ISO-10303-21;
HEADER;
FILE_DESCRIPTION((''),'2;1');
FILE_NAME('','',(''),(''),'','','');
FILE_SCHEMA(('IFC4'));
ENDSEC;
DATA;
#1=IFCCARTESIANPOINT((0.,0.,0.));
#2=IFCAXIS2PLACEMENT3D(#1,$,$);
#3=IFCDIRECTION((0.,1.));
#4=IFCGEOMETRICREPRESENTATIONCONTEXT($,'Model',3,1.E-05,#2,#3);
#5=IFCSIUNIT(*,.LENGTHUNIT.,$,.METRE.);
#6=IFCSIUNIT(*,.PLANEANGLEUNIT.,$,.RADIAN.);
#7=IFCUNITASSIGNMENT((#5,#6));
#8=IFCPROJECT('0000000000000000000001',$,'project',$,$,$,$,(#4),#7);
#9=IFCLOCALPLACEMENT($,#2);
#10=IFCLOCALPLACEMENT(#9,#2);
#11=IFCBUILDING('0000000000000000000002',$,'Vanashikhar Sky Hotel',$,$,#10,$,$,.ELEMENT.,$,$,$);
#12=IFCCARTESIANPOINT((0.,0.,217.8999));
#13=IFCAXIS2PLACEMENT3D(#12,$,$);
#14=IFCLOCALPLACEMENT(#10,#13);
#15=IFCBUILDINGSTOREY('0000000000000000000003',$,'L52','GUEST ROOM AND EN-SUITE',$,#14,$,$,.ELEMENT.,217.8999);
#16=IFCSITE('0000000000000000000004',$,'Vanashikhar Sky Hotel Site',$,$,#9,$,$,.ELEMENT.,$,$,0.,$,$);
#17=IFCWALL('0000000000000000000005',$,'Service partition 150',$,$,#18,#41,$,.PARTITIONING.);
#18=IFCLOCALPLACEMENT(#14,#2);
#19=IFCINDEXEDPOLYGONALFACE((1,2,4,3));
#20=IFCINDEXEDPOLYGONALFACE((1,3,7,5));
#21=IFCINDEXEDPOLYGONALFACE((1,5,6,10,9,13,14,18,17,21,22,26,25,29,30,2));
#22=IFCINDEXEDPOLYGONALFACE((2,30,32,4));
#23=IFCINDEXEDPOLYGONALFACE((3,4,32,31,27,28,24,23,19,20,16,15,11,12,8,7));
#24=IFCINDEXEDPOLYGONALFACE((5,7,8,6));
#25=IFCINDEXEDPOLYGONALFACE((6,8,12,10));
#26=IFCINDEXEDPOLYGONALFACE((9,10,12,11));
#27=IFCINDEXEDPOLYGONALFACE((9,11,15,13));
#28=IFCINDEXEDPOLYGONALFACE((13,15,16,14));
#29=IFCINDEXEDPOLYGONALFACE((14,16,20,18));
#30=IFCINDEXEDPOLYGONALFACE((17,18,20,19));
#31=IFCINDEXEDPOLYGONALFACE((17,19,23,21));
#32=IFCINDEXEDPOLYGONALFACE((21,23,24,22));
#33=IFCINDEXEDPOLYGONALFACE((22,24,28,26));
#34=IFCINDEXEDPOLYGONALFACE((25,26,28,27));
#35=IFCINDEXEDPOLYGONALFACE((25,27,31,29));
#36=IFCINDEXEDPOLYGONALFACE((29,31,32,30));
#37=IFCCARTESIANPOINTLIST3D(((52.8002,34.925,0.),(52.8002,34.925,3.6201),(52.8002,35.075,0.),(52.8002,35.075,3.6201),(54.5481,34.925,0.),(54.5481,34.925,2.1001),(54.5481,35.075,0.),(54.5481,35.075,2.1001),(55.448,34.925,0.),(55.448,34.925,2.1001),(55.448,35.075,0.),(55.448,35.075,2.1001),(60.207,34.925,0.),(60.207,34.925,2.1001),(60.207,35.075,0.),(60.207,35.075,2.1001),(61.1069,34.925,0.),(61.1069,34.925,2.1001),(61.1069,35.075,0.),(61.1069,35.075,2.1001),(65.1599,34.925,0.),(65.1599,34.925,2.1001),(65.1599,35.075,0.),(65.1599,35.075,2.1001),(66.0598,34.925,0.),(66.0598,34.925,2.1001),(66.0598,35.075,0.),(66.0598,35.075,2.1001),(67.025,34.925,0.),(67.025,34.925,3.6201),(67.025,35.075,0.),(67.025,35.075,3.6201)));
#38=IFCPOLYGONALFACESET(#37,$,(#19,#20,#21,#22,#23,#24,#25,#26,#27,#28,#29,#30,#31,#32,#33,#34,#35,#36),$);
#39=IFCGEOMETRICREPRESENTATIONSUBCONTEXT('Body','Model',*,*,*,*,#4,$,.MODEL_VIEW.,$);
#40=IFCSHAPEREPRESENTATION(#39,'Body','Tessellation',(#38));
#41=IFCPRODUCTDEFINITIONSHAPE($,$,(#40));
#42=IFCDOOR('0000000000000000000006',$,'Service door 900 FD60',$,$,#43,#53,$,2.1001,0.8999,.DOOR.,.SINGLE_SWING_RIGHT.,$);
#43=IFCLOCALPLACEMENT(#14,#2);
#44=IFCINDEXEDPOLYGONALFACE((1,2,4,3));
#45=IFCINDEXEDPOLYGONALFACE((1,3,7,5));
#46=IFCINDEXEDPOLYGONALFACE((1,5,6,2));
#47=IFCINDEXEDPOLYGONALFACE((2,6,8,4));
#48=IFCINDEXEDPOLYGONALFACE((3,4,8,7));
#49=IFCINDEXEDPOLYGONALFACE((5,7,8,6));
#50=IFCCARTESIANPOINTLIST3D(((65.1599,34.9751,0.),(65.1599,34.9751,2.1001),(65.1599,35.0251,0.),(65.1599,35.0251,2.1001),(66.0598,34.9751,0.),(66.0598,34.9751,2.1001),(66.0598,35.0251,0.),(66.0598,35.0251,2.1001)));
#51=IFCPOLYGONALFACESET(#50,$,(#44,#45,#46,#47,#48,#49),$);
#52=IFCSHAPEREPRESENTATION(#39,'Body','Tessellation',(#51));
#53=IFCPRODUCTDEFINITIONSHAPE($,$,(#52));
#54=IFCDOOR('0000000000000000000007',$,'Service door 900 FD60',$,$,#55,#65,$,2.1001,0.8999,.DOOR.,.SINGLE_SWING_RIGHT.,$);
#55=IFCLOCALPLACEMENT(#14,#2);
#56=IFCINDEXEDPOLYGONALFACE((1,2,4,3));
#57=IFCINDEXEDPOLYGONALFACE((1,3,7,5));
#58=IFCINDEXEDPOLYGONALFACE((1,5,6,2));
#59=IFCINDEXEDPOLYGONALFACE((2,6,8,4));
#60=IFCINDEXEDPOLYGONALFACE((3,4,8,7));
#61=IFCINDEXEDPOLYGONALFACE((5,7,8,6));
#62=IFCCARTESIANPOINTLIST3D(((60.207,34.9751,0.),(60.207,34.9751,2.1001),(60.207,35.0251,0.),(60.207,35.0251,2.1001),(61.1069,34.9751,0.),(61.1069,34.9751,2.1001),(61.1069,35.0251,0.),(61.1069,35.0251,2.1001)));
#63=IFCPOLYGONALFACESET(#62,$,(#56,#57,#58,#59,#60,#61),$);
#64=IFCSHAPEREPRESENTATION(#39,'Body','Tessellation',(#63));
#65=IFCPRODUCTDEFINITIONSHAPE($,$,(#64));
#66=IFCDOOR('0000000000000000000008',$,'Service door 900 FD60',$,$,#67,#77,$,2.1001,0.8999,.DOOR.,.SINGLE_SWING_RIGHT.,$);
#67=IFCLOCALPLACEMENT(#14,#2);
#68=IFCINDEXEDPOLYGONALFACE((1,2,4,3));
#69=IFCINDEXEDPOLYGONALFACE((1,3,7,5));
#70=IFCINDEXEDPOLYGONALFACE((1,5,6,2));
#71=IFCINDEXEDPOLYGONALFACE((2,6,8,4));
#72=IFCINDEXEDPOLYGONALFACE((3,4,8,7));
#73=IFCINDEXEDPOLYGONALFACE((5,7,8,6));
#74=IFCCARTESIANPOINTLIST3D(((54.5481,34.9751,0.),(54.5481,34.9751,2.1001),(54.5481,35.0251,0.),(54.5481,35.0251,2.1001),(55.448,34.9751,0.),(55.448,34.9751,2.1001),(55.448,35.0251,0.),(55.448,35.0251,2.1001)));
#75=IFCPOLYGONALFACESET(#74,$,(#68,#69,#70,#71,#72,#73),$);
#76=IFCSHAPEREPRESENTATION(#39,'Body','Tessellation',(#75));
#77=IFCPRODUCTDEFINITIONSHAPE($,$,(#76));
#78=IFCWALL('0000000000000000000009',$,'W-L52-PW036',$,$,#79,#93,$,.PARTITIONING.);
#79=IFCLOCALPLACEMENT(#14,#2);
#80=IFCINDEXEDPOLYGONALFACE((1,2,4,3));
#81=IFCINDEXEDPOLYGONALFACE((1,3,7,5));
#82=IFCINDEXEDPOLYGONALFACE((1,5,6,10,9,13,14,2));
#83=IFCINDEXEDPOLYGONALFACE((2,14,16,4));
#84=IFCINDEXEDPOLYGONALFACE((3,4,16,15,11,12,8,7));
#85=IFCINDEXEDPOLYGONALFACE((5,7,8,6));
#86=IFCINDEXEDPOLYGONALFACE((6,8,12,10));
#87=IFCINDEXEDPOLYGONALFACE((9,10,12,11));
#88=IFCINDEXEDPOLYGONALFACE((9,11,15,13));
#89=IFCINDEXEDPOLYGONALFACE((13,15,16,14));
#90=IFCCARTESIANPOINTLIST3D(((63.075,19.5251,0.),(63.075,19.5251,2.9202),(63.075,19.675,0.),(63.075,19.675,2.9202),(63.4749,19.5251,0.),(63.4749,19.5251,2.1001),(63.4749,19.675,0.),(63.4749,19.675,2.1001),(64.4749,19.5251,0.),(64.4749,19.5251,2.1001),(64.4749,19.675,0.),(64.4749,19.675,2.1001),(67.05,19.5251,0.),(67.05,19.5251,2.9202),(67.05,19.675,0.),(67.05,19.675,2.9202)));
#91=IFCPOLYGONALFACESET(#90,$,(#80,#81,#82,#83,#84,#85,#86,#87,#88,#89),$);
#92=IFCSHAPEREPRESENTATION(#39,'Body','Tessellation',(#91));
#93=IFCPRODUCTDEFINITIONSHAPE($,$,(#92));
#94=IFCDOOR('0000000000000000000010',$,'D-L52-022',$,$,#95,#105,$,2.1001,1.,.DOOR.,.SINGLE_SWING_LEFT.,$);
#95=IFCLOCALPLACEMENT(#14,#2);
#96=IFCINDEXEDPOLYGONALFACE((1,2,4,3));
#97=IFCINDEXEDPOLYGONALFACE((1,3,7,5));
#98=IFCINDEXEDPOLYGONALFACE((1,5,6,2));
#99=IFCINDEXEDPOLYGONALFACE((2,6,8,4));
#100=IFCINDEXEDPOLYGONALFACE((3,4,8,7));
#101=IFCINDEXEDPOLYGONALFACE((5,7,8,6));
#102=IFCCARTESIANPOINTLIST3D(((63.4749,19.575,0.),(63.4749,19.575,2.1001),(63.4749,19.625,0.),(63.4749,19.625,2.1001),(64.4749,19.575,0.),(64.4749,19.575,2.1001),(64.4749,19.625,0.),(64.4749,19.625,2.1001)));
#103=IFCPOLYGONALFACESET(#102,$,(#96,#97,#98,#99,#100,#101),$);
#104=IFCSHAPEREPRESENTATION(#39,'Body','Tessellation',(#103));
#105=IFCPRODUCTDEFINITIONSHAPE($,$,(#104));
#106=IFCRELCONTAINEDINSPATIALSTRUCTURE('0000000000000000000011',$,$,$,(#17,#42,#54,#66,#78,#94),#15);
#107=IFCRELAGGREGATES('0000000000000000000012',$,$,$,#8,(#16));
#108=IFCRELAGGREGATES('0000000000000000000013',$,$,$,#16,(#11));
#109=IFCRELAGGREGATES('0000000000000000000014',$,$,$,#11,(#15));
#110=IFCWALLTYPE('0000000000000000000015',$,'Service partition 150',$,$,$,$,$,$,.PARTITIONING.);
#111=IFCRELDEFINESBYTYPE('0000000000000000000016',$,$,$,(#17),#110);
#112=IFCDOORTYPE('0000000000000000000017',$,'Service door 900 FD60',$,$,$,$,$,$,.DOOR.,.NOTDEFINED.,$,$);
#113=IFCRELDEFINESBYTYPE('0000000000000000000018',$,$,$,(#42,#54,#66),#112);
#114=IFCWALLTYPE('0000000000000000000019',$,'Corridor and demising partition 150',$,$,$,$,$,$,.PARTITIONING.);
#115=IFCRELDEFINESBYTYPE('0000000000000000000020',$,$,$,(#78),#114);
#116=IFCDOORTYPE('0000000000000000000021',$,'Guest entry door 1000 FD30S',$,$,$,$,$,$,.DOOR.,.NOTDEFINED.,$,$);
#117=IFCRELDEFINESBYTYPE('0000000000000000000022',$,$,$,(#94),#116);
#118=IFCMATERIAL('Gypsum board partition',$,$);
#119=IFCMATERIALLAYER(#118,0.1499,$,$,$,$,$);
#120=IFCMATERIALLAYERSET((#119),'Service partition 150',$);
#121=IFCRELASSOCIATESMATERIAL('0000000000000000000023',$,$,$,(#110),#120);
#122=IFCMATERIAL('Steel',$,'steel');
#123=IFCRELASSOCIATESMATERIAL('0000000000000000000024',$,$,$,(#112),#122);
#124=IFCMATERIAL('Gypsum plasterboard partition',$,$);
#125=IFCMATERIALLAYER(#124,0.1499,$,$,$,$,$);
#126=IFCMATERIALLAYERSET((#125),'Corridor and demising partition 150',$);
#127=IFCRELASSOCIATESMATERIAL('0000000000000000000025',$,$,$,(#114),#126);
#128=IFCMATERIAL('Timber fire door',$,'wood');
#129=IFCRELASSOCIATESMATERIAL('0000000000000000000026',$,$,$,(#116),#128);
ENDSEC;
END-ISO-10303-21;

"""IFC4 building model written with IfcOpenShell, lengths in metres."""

from ifc_helpers import new_model, si_unit, direction, frame, frame_2d, origin, place, context, subcontext, project, spatial, rectangle, extrude, source, transform, mapped, material, layer, layer_set, type_object, element, fill, save


model = new_model("IFC4")

# Units and contexts
model_context = context("Model", 3, precision=1e-05, world=origin(), true_north=direction((0.0, 1.0)))
body_context = subcontext(model_context, "Body", "Model", "MODEL_VIEW")
ifc_project = project(units=[si_unit("LENGTHUNIT", "METRE"), si_unit("PLANEANGLEUNIT", "RADIAN")], contexts=[model_context])

# Site, building, storey
site_placement = place(None, origin())
site = spatial("IfcSite", under=ifc_project, at=site_placement, Name="Vanashikhar Sky Hotel Site", CompositionType="ELEMENT", RefElevation=0.0)
building_placement = place(site_placement, origin())
building = spatial("IfcBuilding", under=site, at=building_placement, Name="Vanashikhar Sky Hotel", CompositionType="ELEMENT")
storey_placement = place(building_placement, frame((0.0, 0.0, 217.8999)))
storey = spatial("IfcBuildingStorey", under=building, at=storey_placement, Name="L52", Description="GUEST ROOM AND EN-SUITE", CompositionType="ELEMENT", Elevation=217.8999)

# Shared definitions
ifc_material_1 = material(Name="Gypsum board partition")
ifc_layer_1 = layer(ifc_material_1, 0.1499)
ifc_layer_set_1 = layer_set([ifc_layer_1], Name="Service partition 150")
wall_type_1 = type_object("IfcWallType", Name="Service partition 150", PredefinedType="PARTITIONING", material=ifc_layer_set_1)

# Wall, openings, doors
shared_shape_1 = source(origin(), body_context, "Body", "SweptSolid", [
    extrude(rectangle(XDim=14.2249, YDim=0.1499, at=frame_2d((7.1123, 0.0))), origin(), (0.0, 0.0, 1.0), 3.6201),
])
wall_1_placement = place(storey_placement, frame((67.0249, 35.0, 0.0), z_axis=(0.0, 0.0, 1.0), x_axis=(-1.0, 0.0, 0.0)))
wall_1 = element("IfcWall", 1, at=wall_1_placement, inside=storey, type_object=wall_type_1, Name="Service partition 150", PredefinedType="PARTITIONING", context=body_context, shape_type="MappedRepresentation", body=[
    mapped(shared_shape_1, transform((0.0, 0.0, 0.0), scale=1.0)),
])
shared_shape_2 = source(origin(), body_context, "Body", "SweptSolid", [
    extrude(rectangle(XDim=0.8999, YDim=2.1001, at=frame_2d((0.45, 1.05))), frame((0.0, 0.085, 0.0), z_axis=(0.0, -1.0, 0.0), x_axis=(1.0, 0.0, 0.0)), (0.0, 0.0, 1.0), 0.1699),
])
opening_1_placement = place(wall_1_placement, frame((0.9651, 0.0, 0.0)))
opening_1 = element("IfcOpeningElement", 2, at=opening_1_placement, cuts=wall_1, PredefinedType="OPENING", context=body_context, shape_type="MappedRepresentation", body=[
    mapped(shared_shape_2, transform((0.0, 0.0, 0.0), scale=1.0)),
])
opening_2_placement = place(wall_1_placement, frame((5.918, 0.0, 0.0)))
opening_2 = element("IfcOpeningElement", 3, at=opening_2_placement, cuts=wall_1, PredefinedType="OPENING", context=body_context, shape_type="MappedRepresentation", body=[
    mapped(shared_shape_2, transform((0.0, 0.0, 0.0), scale=1.0)),
])
opening_3_placement = place(wall_1_placement, frame((11.5769, 0.0, 0.0)))
opening_3 = element("IfcOpeningElement", 4, at=opening_3_placement, cuts=wall_1, PredefinedType="OPENING", context=body_context, shape_type="MappedRepresentation", body=[
    mapped(shared_shape_2, transform((0.0, 0.0, 0.0), scale=1.0)),
])
ifc_material_2 = material(Name="Steel", Category="steel")
door_type_1 = type_object("IfcDoorType", Name="Service door 900 FD60", OperationType="NOTDEFINED", PredefinedType="DOOR", material=ifc_material_2)
shared_shape_3 = source(origin(), body_context, "Body", "SweptSolid", [
    extrude(rectangle(XDim=0.8999, YDim=2.1001, at=frame_2d((0.45, 1.05))), frame((0.0, 0.0249, 0.0), z_axis=(0.0, -1.0, 0.0), x_axis=(1.0, 0.0, 0.0)), (0.0, 0.0, 1.0), 0.05),
])
door_1_placement = place(opening_1_placement, origin())
door_1 = element("IfcDoor", 5, at=door_1_placement, inside=storey, type_object=door_type_1, Name="Service door 900 FD60", OperationType="SINGLE_SWING_RIGHT", OverallHeight=2.1001, OverallWidth=0.8999, PredefinedType="DOOR", context=body_context, shape_type="MappedRepresentation", body=[
    mapped(shared_shape_3, transform((0.0, 0.0, 0.0), scale=1.0)),
])
fill(opening_1, door_1)
door_2_placement = place(opening_2_placement, origin())
door_2 = element("IfcDoor", 6, at=door_2_placement, inside=storey, type_object=door_type_1, Name="Service door 900 FD60", OperationType="SINGLE_SWING_RIGHT", OverallHeight=2.1001, OverallWidth=0.8999, PredefinedType="DOOR", context=body_context, shape_type="MappedRepresentation", body=[
    mapped(shared_shape_3, transform((0.0, 0.0, 0.0), scale=1.0)),
])
fill(opening_2, door_2)
door_3_placement = place(opening_3_placement, origin())
door_3 = element("IfcDoor", 7, at=door_3_placement, inside=storey, type_object=door_type_1, Name="Service door 900 FD60", OperationType="SINGLE_SWING_RIGHT", OverallHeight=2.1001, OverallWidth=0.8999, PredefinedType="DOOR", context=body_context, shape_type="MappedRepresentation", body=[
    mapped(shared_shape_3, transform((0.0, 0.0, 0.0), scale=1.0)),
])
fill(opening_3, door_3)

# Wall, opening, door
ifc_material_3 = material(Name="Gypsum plasterboard partition")
ifc_layer_2 = layer(ifc_material_3, 0.1499)
ifc_layer_set_2 = layer_set([ifc_layer_2], Name="Corridor and demising partition 150")
wall_type_2 = type_object("IfcWallType", Name="Corridor and demising partition 150", PredefinedType="PARTITIONING", material=ifc_layer_set_2)
shared_shape_4 = source(origin(), body_context, "Body", "SweptSolid", [
    extrude(rectangle(XDim=3.9751, YDim=0.1499, at=frame_2d((1.9875, 0.0))), origin(), (0.0, 0.0, 1.0), 2.9202),
])
wall_2_placement = place(storey_placement, frame((63.075, 19.6001, 0.0), z_axis=(0.0, 0.0, 1.0), x_axis=(1.0, 0.0, 0.0)))
wall_2 = element("IfcWall", 8, at=wall_2_placement, inside=storey, type_object=wall_type_2, Name="W-L52-PW036", PredefinedType="PARTITIONING", context=body_context, shape_type="MappedRepresentation", body=[
    mapped(shared_shape_4, transform((0.0, 0.0, 0.0), scale=1.0)),
])
shared_shape_5 = source(origin(), body_context, "Body", "SweptSolid", [
    extrude(rectangle(XDim=1.0, YDim=2.1001, at=frame_2d((0.5, 1.05))), frame((0.0, 0.085, 0.0), z_axis=(0.0, -1.0, 0.0), x_axis=(1.0, 0.0, 0.0)), (0.0, 0.0, 1.0), 0.1699),
])
opening_4_placement = place(wall_2_placement, frame((0.3999, 0.0, 0.0)))
opening_4 = element("IfcOpeningElement", 9, at=opening_4_placement, cuts=wall_2, PredefinedType="OPENING", context=body_context, shape_type="MappedRepresentation", body=[
    mapped(shared_shape_5, transform((0.0, 0.0, 0.0), scale=1.0)),
])
ifc_material_4 = material(Name="Timber fire door", Category="wood")
door_type_2 = type_object("IfcDoorType", Name="Guest entry door 1000 FD30S", OperationType="NOTDEFINED", PredefinedType="DOOR", material=ifc_material_4)
shared_shape_6 = source(origin(), body_context, "Body", "SweptSolid", [
    extrude(rectangle(XDim=1.0, YDim=2.1001, at=frame_2d((0.5, 1.05))), frame((0.0, 0.0249, 0.0), z_axis=(0.0, -1.0, 0.0), x_axis=(1.0, 0.0, 0.0)), (0.0, 0.0, 1.0), 0.05),
])
door_4_placement = place(opening_4_placement, origin())
door_4 = element("IfcDoor", 10, at=door_4_placement, inside=storey, type_object=door_type_2, Name="D-L52-022", OperationType="SINGLE_SWING_LEFT", OverallHeight=2.1001, OverallWidth=1.0, PredefinedType="DOOR", context=body_context, shape_type="MappedRepresentation", body=[
    mapped(shared_shape_6, transform((0.0, 0.0, 0.0), scale=1.0)),
])
fill(opening_4, door_4)

save(model, "model.ifc")
